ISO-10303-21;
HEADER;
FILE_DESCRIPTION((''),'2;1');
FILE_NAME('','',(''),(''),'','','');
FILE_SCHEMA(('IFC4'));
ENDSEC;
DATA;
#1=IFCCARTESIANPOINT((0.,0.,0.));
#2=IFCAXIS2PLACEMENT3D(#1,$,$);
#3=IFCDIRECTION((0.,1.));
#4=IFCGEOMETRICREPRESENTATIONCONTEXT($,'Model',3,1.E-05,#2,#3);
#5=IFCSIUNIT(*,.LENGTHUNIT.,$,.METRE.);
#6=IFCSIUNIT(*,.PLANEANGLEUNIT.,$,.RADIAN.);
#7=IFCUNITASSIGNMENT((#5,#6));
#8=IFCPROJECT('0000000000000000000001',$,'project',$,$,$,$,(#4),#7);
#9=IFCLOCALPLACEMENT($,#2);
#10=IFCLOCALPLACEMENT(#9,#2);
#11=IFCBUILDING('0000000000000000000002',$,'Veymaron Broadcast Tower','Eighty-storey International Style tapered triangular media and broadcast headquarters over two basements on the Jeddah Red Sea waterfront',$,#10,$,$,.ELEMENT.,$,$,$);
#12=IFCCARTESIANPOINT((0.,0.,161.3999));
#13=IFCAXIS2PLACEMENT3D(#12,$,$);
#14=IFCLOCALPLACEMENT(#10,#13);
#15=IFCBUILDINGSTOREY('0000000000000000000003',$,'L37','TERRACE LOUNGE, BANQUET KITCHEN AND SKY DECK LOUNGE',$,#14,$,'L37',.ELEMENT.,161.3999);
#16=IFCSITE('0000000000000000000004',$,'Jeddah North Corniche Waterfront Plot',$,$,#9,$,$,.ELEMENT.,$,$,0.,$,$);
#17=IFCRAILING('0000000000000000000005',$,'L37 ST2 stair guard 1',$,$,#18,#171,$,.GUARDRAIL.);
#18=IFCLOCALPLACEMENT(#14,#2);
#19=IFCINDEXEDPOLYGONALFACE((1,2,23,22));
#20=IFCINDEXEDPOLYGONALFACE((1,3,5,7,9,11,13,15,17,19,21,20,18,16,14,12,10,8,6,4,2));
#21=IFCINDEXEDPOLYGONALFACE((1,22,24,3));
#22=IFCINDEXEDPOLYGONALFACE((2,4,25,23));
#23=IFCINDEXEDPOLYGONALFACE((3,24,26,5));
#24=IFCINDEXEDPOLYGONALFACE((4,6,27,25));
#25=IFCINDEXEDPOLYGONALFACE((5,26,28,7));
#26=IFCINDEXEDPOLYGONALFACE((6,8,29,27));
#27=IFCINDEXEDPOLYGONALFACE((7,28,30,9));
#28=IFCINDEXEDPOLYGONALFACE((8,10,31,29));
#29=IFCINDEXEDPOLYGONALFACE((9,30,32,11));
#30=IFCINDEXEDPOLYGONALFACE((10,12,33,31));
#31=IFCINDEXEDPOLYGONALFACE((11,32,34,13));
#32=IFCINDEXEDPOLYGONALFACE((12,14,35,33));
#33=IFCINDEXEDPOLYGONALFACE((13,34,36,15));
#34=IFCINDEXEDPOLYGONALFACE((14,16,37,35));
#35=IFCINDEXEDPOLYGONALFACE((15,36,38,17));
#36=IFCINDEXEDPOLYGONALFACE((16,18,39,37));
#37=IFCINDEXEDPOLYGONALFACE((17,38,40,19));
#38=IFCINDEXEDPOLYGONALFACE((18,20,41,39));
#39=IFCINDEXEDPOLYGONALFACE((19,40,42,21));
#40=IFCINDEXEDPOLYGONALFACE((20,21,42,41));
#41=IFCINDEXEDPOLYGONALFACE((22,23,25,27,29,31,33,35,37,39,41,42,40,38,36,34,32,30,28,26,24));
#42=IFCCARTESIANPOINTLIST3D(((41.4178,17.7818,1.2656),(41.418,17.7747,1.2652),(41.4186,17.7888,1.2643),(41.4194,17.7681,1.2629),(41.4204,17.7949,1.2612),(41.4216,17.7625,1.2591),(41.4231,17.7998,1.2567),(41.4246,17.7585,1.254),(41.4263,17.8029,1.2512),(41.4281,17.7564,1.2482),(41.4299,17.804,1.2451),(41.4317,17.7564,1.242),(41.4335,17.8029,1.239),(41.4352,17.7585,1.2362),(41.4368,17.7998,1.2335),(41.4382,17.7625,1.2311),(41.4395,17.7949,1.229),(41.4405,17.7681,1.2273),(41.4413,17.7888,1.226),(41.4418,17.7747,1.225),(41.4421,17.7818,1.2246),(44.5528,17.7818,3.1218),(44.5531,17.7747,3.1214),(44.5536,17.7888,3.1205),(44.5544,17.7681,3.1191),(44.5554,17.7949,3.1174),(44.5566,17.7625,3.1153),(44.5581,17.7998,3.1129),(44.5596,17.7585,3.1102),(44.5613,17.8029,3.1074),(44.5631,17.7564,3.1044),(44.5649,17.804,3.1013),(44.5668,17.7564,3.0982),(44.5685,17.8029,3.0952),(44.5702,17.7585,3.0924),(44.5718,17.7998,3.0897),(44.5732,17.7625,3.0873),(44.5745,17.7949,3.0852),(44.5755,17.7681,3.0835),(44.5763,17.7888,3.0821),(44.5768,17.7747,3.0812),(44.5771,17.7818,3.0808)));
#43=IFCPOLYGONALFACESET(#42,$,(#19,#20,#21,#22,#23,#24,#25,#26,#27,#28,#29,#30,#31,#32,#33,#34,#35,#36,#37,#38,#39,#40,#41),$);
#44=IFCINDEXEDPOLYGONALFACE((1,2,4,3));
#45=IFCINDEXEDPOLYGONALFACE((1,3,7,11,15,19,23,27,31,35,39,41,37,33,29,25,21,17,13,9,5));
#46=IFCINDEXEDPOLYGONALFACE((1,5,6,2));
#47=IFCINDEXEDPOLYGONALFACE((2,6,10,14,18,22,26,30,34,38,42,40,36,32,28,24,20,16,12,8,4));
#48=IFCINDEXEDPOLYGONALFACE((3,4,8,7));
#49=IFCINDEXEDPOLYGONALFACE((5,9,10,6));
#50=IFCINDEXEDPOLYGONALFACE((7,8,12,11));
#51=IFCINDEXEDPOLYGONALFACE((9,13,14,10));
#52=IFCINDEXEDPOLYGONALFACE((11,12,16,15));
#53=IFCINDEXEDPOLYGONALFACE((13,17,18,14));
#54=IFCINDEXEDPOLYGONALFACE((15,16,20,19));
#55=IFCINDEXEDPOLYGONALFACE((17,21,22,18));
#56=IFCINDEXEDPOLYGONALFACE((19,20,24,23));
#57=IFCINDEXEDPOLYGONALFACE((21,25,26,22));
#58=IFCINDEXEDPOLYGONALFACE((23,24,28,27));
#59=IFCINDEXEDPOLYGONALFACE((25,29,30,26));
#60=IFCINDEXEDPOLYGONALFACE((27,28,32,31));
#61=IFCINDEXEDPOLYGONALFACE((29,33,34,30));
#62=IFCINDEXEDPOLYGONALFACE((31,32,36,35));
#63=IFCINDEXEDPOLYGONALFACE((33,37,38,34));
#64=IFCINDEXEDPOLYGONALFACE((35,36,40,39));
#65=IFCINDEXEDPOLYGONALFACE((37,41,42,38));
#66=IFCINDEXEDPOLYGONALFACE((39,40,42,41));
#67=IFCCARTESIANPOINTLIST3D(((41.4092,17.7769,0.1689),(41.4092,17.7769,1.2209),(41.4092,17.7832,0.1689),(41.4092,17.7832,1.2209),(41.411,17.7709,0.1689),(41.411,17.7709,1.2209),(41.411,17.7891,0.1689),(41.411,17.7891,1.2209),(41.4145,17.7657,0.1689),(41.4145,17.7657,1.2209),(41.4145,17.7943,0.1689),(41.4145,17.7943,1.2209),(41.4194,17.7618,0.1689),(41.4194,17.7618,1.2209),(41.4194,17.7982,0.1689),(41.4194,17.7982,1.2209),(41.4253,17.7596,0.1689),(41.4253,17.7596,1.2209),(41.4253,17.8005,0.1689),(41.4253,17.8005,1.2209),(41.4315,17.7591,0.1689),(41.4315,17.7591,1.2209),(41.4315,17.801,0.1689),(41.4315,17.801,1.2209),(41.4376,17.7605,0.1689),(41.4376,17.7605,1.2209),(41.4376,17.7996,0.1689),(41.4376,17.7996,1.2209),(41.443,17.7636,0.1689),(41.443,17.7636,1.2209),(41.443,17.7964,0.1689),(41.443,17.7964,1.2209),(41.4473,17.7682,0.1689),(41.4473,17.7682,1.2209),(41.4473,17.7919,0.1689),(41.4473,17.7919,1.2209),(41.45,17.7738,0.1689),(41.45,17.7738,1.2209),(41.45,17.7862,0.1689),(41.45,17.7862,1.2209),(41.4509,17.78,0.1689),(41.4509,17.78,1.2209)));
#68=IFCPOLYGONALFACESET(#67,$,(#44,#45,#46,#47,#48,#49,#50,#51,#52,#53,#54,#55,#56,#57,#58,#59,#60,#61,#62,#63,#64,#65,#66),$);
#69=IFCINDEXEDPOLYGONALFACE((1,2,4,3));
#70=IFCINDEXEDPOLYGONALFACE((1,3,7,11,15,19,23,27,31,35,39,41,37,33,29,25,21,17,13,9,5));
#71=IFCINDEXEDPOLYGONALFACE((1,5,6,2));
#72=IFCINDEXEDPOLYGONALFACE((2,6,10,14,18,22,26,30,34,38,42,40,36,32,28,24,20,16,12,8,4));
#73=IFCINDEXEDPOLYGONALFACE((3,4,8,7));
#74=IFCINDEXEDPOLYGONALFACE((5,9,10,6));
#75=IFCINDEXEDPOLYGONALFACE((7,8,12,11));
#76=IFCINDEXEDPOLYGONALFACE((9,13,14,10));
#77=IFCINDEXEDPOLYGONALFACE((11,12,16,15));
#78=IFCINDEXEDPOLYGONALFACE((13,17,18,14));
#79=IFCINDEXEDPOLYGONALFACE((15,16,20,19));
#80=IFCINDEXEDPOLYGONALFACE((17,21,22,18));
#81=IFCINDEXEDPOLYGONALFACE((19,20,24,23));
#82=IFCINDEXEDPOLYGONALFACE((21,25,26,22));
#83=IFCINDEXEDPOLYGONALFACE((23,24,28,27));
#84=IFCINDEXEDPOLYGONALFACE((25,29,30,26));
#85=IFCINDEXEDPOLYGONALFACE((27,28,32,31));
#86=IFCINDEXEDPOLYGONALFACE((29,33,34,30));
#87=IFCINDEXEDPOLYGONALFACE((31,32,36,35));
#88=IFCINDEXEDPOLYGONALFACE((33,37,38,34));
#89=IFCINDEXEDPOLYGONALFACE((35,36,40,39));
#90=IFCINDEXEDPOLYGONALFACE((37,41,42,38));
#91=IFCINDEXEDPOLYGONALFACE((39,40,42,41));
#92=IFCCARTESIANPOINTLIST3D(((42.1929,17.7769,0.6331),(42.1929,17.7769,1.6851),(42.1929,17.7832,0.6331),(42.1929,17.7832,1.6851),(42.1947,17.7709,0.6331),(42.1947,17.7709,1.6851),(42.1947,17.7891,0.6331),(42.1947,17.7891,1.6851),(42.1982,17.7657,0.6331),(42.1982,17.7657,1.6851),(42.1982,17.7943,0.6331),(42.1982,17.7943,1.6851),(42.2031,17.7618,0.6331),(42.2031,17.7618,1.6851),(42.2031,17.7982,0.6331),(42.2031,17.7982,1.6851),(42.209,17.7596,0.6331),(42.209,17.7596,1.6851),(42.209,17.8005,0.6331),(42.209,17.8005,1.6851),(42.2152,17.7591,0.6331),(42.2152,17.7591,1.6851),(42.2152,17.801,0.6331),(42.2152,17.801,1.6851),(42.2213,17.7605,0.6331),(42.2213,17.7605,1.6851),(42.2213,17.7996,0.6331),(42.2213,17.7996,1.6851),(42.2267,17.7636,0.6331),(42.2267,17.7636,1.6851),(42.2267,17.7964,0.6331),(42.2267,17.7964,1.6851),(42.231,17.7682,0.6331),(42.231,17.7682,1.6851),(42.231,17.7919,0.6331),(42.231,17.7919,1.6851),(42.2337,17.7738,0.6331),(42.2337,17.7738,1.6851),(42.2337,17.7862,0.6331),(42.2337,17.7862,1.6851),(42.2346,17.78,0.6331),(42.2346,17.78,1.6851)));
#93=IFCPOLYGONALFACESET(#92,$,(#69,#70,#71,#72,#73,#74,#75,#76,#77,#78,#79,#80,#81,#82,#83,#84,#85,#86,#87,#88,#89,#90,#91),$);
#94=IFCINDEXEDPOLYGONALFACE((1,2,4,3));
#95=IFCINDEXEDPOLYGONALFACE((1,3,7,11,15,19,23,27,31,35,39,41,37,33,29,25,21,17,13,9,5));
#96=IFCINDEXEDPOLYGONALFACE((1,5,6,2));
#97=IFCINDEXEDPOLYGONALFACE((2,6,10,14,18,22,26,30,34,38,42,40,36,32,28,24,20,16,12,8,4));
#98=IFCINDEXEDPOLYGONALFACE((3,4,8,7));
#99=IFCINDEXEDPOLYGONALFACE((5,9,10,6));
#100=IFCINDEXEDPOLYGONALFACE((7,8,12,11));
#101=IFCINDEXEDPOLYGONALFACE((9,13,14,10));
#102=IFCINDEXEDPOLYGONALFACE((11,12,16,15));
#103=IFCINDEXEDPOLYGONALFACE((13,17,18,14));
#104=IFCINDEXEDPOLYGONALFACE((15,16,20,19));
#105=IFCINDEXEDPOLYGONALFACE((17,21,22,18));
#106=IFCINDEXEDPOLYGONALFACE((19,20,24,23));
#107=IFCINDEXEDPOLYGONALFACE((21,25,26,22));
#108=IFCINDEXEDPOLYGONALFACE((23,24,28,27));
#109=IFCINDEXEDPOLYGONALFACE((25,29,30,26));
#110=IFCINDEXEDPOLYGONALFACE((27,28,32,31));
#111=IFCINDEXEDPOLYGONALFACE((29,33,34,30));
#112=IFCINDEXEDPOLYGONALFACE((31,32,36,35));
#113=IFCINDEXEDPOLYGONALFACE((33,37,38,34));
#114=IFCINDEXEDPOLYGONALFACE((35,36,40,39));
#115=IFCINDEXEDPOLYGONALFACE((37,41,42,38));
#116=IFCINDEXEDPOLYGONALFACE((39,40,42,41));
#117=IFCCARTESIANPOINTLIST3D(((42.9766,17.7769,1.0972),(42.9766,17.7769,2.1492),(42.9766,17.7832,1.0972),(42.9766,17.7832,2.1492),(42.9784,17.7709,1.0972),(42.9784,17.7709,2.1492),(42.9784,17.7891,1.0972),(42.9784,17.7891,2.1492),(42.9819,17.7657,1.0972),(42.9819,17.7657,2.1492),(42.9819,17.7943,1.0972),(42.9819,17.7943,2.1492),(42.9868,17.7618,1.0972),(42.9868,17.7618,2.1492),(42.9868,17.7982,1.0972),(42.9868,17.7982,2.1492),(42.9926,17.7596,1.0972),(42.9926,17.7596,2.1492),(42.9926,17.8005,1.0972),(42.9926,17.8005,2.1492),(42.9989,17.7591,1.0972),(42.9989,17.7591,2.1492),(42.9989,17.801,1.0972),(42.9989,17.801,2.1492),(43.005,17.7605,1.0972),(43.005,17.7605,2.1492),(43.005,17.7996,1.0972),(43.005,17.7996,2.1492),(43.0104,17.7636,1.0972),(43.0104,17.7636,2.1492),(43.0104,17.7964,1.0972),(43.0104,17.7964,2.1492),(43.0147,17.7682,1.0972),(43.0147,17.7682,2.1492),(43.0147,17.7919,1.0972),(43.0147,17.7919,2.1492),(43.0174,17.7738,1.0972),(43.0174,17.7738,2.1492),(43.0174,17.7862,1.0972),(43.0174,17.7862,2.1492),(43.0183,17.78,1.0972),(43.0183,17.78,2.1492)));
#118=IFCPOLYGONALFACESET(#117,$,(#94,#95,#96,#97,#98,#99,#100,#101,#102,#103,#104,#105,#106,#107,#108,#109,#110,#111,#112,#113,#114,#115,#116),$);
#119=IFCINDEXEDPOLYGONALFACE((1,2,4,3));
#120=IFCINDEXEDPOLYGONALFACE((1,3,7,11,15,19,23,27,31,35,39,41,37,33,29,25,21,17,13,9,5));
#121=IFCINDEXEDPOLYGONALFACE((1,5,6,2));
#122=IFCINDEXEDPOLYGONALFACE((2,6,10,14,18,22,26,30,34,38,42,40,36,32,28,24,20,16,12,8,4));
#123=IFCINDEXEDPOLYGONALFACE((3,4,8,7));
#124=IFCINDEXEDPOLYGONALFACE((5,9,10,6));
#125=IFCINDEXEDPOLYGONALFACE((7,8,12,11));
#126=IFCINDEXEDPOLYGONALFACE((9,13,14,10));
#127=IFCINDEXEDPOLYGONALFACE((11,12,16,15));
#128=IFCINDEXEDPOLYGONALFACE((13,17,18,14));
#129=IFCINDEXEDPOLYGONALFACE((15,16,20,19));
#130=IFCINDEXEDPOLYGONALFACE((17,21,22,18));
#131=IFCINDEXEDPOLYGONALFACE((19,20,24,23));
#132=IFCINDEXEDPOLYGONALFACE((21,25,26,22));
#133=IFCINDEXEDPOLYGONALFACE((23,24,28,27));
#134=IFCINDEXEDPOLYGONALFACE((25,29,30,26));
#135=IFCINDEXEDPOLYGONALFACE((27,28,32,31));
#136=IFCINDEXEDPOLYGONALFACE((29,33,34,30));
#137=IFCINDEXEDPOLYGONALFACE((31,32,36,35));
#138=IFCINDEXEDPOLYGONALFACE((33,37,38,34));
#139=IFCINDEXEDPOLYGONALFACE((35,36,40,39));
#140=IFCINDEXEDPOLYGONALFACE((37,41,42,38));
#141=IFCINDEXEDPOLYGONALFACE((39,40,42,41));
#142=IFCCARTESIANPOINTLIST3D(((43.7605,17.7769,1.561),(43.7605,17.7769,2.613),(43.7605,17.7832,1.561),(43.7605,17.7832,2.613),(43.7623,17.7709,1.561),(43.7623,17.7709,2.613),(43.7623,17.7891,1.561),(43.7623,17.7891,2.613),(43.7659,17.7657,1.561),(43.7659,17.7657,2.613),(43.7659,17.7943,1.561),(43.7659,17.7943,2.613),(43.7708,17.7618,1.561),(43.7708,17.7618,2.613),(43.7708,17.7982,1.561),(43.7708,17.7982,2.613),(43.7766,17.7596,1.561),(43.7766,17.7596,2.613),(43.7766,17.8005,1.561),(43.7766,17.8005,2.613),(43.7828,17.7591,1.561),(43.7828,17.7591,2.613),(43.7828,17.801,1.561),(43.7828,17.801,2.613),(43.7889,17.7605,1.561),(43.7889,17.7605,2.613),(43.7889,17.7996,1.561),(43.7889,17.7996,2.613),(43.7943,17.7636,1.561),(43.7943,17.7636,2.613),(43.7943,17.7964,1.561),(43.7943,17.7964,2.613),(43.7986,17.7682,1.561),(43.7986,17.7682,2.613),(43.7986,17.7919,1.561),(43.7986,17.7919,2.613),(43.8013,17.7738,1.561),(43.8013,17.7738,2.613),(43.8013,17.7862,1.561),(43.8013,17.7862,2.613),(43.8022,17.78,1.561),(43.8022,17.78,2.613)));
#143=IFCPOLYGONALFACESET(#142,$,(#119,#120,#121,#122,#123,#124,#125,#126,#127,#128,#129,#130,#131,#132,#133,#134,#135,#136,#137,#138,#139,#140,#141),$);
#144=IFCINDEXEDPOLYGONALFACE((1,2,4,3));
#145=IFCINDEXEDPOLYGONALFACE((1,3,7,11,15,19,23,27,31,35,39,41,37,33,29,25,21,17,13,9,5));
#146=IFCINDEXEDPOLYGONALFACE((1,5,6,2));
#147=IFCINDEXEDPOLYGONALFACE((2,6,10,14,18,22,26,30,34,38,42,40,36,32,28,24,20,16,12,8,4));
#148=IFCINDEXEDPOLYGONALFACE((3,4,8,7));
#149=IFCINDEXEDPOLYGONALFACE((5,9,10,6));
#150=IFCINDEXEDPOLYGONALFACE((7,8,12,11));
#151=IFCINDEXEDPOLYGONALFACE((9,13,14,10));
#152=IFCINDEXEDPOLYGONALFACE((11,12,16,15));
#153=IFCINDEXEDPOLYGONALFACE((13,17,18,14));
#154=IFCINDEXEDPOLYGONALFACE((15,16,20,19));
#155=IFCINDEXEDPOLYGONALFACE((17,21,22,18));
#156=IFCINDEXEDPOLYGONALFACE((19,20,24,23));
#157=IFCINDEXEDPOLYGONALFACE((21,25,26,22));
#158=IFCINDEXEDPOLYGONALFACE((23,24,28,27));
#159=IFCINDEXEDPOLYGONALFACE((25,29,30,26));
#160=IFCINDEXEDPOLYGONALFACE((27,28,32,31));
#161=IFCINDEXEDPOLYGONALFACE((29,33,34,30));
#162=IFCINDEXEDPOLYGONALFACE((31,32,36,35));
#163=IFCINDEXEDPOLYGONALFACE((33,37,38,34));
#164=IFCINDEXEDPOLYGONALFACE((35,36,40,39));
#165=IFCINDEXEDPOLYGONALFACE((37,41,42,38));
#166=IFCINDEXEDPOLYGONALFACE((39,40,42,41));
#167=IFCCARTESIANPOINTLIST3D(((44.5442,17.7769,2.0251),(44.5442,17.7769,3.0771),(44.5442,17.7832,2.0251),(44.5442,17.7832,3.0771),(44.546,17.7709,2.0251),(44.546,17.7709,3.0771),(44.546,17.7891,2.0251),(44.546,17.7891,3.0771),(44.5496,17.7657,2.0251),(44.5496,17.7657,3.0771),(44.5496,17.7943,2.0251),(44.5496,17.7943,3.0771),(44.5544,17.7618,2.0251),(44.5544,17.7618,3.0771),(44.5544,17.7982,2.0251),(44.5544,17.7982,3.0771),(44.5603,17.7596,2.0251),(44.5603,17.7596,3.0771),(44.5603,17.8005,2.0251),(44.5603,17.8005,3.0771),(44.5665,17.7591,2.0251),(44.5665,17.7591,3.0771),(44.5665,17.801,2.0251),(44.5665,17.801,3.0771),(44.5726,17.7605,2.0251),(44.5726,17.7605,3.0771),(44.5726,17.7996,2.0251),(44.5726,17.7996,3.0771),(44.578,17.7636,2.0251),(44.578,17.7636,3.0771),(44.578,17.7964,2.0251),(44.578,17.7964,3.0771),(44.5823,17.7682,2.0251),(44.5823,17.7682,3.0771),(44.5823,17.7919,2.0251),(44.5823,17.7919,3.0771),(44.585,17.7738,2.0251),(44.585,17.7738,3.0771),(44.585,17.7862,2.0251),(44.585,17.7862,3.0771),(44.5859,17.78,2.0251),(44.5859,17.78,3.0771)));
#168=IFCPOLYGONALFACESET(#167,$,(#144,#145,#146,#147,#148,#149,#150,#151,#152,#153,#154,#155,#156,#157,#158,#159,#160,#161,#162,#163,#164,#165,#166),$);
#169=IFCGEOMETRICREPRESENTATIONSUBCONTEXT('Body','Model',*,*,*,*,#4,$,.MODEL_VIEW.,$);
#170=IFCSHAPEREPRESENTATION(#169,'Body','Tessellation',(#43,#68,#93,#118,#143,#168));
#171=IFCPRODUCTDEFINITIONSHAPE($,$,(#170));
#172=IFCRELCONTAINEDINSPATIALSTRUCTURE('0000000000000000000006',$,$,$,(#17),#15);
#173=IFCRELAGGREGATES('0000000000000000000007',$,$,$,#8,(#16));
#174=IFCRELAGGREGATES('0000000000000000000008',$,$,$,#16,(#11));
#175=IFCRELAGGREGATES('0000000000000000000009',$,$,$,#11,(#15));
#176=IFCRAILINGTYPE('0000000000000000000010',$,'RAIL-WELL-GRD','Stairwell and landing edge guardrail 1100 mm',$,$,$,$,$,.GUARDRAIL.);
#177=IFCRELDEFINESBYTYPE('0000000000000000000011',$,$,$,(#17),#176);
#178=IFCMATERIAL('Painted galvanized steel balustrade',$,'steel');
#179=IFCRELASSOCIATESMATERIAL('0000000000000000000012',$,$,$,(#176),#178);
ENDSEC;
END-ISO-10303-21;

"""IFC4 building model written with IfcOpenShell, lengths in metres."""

from ifc_helpers import new_model, si_unit, direction, frame, origin, origin_2d, place, context, subcontext, project, spatial, circle, extrude, material, type_object, element, save


model = new_model("IFC4")

# Units and contexts
model_context = context("Model", 3, precision=1e-05, world=origin(), true_north=direction((0.0, 1.0)))
body_context = subcontext(model_context, "Body", "Model", "MODEL_VIEW")
ifc_project = project(units=[si_unit("LENGTHUNIT", "METRE"), si_unit("PLANEANGLEUNIT", "RADIAN")], contexts=[model_context])

# Site, building, storey
site_placement = place(None, origin())
site = spatial("IfcSite", under=ifc_project, at=site_placement, Name="Jeddah North Corniche Waterfront Plot", CompositionType="ELEMENT", RefElevation=0.0)
building_placement = place(site_placement, origin())
building = spatial("IfcBuilding", under=site, at=building_placement, Name="Veymaron Broadcast Tower", Description="Eighty-storey International Style tapered triangular media and broadcast headquarters over two basements on the Jeddah Red Sea waterfront", CompositionType="ELEMENT")
storey_placement = place(building_placement, frame((0.0, 0.0, 161.3999)))
storey = spatial("IfcBuildingStorey", under=building, at=storey_placement, Name="L37", Description="TERRACE LOUNGE, BANQUET KITCHEN AND SKY DECK LOUNGE", LongName="L37", CompositionType="ELEMENT", Elevation=161.3999)

# Railing
ifc_material_1 = material(Name="Painted galvanized steel balustrade", Category="steel")
railing_type_1 = type_object("IfcRailingType", Name="RAIL-WELL-GRD", Description="Stairwell and landing edge guardrail 1100 mm", PredefinedType="GUARDRAIL", material=ifc_material_1)
railing_1_placement = place(storey_placement, frame((41.4299, 17.78, 0.1689)))
element("IfcRailing", 1, at=railing_1_placement, inside=storey, type_object=railing_type_1, Name="L37 ST2 stair guard 1", PredefinedType="GUARDRAIL", context=body_context, shape_type="SweptSolid", body=[
    extrude(circle(Radius=0.0239, at=origin_2d()), frame((0.0, 0.0, 1.0762), z_axis=(0.860482, 0.0, 0.509481), x_axis=(0.0, 1.0, 0.0)), (0.0, 0.0, 1.0), 3.6433),
    extrude(circle(Radius=0.021, at=origin_2d()), origin(), (0.0, 0.0, 1.0), 1.052),
    extrude(circle(Radius=0.021, at=origin_2d()), frame((0.7837, 0.0, 0.4641)), (0.0, 0.0, 1.0), 1.052),
    extrude(circle(Radius=0.021, at=origin_2d()), frame((1.5674, 0.0, 0.9282)), (0.0, 0.0, 1.0), 1.052),
    extrude(circle(Radius=0.021, at=origin_2d()), frame((2.3513, 0.0, 1.3921)), (0.0, 0.0, 1.0), 1.052),
    extrude(circle(Radius=0.021, at=origin_2d()), frame((3.135, 0.0, 1.8562)), (0.0, 0.0, 1.0), 1.052),
])

save(model, "model.ifc")
